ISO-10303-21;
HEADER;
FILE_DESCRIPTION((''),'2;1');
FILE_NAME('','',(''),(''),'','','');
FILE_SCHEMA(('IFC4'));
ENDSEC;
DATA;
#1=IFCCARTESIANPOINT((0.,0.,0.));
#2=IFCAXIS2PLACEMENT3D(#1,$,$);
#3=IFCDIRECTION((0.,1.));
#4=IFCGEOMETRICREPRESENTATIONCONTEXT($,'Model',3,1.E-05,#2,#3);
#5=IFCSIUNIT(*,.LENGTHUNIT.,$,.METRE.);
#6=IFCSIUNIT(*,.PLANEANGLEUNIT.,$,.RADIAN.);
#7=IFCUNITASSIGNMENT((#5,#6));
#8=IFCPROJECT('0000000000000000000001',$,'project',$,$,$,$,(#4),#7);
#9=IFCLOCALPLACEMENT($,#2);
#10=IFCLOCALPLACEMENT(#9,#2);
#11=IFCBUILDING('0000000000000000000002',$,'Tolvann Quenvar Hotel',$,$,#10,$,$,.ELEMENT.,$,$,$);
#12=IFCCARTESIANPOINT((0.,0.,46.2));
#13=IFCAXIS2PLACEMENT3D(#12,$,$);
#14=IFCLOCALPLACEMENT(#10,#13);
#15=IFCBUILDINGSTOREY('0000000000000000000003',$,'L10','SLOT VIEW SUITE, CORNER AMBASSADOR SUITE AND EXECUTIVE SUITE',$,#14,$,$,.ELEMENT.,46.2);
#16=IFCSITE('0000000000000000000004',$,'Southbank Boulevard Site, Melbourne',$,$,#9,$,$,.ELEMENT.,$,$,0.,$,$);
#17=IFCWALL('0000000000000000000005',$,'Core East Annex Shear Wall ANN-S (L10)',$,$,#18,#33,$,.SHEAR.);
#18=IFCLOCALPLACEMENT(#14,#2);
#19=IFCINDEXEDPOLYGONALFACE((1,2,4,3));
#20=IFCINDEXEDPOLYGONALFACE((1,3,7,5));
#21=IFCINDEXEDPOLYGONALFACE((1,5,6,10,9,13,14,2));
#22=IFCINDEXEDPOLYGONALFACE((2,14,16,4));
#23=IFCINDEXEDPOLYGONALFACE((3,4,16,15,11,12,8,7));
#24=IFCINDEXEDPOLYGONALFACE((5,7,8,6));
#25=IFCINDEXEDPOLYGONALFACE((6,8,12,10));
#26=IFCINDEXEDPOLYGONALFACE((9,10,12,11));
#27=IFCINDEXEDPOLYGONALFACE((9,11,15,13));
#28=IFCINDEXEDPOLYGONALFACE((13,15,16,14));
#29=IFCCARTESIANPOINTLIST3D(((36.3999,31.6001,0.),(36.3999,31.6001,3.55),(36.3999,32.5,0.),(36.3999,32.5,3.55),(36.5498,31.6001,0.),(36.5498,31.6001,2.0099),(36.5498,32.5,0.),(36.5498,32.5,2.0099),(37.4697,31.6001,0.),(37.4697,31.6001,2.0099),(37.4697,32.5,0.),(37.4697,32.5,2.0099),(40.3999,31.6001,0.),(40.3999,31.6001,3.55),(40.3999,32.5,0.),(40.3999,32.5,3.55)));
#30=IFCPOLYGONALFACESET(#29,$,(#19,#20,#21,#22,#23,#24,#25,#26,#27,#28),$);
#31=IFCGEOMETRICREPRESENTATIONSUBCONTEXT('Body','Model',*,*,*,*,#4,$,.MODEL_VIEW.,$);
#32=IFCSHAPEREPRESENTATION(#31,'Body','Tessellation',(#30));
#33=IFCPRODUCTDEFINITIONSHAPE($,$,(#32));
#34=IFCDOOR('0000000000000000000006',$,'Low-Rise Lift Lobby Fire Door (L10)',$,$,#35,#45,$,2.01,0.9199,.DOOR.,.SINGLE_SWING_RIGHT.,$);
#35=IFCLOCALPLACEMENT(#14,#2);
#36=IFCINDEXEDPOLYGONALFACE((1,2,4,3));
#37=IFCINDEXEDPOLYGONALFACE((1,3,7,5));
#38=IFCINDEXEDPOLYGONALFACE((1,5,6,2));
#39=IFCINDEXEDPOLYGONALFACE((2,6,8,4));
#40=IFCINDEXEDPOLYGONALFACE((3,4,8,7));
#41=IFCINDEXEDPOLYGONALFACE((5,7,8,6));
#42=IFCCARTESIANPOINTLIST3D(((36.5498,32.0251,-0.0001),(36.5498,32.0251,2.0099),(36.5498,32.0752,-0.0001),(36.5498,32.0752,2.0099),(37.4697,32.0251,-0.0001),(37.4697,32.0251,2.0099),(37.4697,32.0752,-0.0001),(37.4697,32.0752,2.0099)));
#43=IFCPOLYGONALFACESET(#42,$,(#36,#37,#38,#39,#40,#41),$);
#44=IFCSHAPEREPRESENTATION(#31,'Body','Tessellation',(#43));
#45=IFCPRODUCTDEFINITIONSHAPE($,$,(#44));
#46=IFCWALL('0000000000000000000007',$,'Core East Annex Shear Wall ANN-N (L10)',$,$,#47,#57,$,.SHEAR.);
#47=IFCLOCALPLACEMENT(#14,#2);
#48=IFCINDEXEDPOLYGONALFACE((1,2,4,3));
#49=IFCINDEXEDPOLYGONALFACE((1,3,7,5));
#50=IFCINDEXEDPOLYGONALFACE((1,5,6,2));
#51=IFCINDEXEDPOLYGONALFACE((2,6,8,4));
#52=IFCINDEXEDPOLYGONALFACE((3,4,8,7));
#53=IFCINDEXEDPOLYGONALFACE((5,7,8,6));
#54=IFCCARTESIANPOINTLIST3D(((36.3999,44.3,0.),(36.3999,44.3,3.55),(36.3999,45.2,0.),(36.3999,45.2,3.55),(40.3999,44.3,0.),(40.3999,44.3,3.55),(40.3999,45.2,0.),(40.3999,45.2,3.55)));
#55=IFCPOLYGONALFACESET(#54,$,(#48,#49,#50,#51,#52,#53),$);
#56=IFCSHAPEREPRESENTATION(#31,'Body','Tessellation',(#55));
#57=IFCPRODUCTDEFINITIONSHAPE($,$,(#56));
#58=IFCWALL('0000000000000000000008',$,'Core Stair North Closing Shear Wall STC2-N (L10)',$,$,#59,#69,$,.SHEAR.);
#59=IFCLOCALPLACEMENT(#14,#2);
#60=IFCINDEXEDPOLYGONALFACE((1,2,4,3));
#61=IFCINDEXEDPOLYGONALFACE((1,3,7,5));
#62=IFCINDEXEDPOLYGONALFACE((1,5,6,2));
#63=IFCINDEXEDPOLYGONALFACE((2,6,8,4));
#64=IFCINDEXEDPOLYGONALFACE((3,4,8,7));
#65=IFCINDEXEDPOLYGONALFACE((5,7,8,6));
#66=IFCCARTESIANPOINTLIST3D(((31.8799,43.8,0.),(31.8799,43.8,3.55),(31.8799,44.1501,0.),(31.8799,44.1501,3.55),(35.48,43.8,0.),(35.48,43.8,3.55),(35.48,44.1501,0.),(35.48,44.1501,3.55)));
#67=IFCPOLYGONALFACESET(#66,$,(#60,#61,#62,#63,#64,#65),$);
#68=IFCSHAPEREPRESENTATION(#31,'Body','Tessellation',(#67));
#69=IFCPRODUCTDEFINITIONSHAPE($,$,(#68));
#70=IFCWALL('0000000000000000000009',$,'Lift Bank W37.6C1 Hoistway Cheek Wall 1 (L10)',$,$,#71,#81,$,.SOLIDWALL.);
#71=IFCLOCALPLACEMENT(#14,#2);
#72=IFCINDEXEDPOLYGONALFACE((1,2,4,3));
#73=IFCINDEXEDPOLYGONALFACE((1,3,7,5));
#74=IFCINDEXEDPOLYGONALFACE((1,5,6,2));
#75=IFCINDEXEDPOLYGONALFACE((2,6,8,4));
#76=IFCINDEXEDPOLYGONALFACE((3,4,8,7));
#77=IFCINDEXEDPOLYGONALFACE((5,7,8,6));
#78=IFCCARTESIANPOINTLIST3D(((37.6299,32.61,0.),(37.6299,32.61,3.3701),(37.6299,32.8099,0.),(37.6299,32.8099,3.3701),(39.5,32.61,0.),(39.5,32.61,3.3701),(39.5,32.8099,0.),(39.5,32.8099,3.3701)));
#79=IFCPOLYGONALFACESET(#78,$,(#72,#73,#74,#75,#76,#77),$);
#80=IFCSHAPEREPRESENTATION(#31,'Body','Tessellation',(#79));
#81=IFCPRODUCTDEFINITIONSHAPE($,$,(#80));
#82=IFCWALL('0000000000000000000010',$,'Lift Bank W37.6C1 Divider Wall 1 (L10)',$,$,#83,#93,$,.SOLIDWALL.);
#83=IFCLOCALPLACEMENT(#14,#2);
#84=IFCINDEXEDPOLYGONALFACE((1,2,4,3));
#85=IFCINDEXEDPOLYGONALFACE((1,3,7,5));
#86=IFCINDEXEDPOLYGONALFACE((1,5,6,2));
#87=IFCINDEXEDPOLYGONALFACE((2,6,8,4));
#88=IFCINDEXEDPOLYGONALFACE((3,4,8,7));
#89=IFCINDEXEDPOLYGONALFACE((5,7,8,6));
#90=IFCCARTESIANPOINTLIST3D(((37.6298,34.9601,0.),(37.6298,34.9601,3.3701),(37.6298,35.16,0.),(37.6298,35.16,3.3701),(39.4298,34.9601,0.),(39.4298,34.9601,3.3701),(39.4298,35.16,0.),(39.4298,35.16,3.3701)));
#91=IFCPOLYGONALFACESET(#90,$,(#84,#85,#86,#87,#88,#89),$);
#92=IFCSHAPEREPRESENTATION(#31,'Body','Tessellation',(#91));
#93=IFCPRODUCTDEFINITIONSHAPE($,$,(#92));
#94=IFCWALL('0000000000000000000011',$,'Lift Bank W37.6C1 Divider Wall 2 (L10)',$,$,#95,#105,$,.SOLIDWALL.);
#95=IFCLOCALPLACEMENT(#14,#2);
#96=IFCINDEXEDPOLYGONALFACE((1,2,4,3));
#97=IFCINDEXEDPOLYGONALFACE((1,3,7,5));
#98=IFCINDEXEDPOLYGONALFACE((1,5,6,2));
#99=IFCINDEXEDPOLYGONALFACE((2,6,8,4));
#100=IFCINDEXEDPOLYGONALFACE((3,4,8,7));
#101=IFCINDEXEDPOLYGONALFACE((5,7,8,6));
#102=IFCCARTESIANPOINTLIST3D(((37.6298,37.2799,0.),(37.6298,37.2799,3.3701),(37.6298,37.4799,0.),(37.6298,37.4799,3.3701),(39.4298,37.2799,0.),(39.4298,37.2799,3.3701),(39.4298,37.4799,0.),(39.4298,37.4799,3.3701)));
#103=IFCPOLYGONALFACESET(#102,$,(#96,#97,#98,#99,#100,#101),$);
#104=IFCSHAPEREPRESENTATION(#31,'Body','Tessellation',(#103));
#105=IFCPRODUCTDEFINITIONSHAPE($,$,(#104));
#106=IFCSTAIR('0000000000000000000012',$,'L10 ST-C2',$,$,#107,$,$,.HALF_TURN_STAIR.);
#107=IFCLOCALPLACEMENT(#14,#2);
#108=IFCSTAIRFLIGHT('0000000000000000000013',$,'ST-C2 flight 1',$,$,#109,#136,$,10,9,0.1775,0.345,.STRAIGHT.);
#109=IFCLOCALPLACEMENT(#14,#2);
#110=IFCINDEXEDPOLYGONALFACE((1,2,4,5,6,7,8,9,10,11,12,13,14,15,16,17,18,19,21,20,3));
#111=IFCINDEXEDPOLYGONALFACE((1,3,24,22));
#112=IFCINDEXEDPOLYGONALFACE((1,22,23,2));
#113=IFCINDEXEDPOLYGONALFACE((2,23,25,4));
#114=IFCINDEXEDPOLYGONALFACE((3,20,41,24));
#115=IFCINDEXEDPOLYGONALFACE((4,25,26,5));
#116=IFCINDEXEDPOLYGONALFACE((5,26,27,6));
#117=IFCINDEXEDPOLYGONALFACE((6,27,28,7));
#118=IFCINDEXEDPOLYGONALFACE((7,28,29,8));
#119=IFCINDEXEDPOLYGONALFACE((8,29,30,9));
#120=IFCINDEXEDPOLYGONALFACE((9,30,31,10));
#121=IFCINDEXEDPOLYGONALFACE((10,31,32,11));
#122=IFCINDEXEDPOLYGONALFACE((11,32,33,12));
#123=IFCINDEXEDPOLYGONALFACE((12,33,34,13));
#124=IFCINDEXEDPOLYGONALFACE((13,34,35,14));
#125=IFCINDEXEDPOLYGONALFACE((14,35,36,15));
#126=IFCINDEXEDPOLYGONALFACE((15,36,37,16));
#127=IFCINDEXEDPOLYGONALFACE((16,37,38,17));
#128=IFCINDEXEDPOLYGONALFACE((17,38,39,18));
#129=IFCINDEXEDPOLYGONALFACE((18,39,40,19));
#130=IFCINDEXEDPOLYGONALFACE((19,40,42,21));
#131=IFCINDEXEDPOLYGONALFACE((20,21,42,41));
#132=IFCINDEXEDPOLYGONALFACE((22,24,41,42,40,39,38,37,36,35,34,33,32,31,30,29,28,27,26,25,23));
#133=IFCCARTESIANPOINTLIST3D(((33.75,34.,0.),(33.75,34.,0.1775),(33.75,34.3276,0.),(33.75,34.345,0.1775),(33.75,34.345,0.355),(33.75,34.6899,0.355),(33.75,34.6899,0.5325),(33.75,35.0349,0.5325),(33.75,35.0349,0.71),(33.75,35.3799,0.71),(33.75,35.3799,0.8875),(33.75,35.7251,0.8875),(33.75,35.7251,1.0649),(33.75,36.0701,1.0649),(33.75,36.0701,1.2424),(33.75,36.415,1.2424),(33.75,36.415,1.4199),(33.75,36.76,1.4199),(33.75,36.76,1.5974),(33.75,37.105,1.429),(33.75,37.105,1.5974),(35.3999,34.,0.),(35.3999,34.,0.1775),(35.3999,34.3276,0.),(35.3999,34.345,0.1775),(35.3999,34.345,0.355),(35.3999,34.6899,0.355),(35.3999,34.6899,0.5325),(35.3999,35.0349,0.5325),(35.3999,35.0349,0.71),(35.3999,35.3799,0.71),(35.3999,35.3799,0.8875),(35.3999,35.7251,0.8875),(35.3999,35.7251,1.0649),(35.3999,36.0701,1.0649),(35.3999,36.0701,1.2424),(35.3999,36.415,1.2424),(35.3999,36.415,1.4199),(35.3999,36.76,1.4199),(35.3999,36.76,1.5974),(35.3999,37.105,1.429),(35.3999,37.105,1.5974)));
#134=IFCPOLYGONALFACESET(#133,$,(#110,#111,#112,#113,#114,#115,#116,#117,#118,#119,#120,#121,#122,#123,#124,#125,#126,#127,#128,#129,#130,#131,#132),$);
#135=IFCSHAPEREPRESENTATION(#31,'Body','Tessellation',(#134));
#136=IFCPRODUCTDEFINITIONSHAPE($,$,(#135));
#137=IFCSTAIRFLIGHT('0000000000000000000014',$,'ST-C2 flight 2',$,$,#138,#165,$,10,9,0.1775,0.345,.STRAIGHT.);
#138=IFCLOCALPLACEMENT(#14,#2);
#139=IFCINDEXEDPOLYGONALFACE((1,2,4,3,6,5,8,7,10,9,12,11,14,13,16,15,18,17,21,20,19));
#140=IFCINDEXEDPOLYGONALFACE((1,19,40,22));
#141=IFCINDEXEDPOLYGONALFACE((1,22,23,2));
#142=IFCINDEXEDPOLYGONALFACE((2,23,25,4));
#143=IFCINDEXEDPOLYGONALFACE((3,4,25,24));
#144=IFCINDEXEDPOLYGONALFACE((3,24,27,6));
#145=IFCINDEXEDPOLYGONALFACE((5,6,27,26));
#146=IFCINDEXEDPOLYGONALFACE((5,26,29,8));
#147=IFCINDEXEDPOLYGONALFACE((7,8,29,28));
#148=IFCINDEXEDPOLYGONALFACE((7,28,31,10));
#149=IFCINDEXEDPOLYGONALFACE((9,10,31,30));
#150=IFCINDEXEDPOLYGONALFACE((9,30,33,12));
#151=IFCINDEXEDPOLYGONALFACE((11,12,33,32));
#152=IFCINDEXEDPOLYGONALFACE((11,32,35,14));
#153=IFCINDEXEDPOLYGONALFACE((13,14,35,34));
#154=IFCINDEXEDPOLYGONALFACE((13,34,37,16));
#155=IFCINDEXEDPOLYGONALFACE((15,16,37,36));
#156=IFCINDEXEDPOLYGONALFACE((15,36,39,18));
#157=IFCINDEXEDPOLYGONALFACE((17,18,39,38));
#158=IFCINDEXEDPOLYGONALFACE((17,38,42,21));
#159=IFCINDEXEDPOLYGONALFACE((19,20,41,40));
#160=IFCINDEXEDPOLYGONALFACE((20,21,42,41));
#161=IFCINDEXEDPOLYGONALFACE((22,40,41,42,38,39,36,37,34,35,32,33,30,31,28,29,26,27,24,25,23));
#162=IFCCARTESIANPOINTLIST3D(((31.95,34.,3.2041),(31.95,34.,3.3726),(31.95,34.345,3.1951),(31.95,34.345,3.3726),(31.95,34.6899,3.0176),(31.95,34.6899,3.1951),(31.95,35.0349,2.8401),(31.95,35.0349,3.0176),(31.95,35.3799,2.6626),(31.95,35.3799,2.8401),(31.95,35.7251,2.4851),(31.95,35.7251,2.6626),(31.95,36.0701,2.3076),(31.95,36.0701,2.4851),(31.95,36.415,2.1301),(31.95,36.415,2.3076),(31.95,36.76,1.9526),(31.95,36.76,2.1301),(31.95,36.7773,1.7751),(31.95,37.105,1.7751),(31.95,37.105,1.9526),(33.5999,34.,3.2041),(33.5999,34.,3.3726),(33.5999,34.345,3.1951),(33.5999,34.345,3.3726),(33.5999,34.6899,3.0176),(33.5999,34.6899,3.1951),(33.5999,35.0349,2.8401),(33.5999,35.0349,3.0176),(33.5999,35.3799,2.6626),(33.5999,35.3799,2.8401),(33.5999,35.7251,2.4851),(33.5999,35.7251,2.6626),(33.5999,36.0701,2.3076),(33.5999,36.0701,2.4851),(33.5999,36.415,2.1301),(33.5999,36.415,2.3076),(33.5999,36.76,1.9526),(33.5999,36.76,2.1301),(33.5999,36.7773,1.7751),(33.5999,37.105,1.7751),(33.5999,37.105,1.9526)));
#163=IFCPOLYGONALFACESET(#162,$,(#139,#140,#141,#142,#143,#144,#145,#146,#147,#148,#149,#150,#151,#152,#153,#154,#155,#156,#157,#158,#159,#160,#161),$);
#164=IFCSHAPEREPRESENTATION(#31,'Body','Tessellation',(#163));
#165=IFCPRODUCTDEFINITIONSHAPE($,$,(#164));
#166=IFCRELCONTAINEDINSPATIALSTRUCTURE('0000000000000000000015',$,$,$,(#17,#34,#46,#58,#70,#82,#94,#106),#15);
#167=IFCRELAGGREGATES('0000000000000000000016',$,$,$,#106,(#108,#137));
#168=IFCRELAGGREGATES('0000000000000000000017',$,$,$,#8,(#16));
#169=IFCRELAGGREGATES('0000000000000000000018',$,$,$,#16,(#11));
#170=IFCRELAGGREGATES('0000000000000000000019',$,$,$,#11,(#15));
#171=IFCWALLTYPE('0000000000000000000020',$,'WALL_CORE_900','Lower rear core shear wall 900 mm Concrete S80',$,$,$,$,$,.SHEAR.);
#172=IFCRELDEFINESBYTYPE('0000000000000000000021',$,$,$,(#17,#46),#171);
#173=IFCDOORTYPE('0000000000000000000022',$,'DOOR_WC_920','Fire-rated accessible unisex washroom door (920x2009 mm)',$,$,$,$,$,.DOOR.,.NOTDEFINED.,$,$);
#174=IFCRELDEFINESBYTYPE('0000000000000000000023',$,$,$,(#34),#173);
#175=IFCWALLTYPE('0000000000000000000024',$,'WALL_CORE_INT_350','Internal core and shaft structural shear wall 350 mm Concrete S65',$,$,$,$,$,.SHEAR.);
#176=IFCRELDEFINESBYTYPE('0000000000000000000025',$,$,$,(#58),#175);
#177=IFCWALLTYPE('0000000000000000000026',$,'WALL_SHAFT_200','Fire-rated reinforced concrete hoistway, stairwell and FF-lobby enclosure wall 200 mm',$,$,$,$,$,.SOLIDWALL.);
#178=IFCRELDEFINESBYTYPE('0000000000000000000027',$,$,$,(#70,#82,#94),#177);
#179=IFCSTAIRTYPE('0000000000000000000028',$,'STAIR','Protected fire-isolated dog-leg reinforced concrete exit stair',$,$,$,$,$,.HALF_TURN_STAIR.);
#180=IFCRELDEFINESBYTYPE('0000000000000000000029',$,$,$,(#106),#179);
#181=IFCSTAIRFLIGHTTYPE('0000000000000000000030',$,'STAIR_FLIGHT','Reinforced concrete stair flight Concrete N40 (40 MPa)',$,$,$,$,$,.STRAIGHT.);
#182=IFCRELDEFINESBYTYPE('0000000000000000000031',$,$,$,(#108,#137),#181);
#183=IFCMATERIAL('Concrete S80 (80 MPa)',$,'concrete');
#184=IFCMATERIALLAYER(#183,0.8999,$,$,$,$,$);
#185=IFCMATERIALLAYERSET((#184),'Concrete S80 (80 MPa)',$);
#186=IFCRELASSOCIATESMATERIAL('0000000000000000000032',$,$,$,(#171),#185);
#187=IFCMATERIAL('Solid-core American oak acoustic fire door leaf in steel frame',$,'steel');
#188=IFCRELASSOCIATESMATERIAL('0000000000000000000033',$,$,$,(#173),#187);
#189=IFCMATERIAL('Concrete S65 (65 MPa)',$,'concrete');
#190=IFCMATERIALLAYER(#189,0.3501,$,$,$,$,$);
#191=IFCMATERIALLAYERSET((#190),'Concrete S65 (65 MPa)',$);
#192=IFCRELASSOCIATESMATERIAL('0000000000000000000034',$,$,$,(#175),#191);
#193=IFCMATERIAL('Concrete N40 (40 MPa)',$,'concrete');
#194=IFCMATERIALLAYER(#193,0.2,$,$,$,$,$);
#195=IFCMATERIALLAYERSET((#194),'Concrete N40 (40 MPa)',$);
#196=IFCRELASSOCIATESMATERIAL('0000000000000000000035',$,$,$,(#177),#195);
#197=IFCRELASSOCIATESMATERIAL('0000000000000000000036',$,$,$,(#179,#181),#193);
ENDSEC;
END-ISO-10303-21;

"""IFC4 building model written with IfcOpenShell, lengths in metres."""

from ifc_helpers import new_model, si_unit, direction, frame, frame_2d, origin, place, context, subcontext, project, spatial, polyline, rectangle, outline, extrude, source, transform, mapped, material, layer, layer_set, type_object, type_shapes, element, fill, aggregate, save


model = new_model("IFC4")

# Units and contexts
model_context = context("Model", 3, precision=1e-05, world=origin(), true_north=direction((0.0, 1.0)))
body_context = subcontext(model_context, "Body", "Model", "MODEL_VIEW")
ifc_project = project(units=[si_unit("LENGTHUNIT", "METRE"), si_unit("PLANEANGLEUNIT", "RADIAN")], contexts=[model_context])

# Site, building, storey
site_placement = place(None, origin())
site = spatial("IfcSite", under=ifc_project, at=site_placement, Name="Southbank Boulevard Site, Melbourne", CompositionType="ELEMENT", RefElevation=0.0)
building_placement = place(site_placement, origin())
building = spatial("IfcBuilding", under=site, at=building_placement, Name="Tolvann Quenvar Hotel", CompositionType="ELEMENT")
storey_placement = place(building_placement, frame((0.0, 0.0, 46.2)))
storey = spatial("IfcBuildingStorey", under=building, at=storey_placement, Name="L10", Description="SLOT VIEW SUITE, CORNER AMBASSADOR SUITE AND EXECUTIVE SUITE", CompositionType="ELEMENT", Elevation=46.2)

# Wall, opening, door
ifc_material_1 = material(Name="Concrete S80 (80 MPa)", Category="concrete")
ifc_layer_1 = layer(ifc_material_1, 0.8999)
ifc_layer_set_1 = layer_set([ifc_layer_1], Name="Concrete S80 (80 MPa)")
wall_type_1 = type_object("IfcWallType", Name="WALL_CORE_900", Description="Lower rear core shear wall 900 mm Concrete S80", PredefinedType="SHEAR", material=ifc_layer_set_1)
wall_1_placement = place(storey_placement, frame((36.3999, 32.05, 0.0), z_axis=(0.0, 0.0, 1.0), x_axis=(1.0, 0.0, 0.0)))
wall_1 = element("IfcWall", 1, at=wall_1_placement, inside=storey, type_object=wall_type_1, Name="Core East Annex Shear Wall ANN-S (L10)", PredefinedType="SHEAR", context=body_context, shape_type="SweptSolid", body=[
    extrude(rectangle(XDim=4.0, YDim=0.8999, at=frame_2d((2.0, 0.0))), origin(), (0.0, 0.0, 1.0), 3.55),
])
opening_1_placement = place(wall_1_placement, frame((1.0698, 0.0, 0.0), z_axis=(0.0, 0.0, 1.0), x_axis=(-1.0, 0.0, 0.0)))
opening_1 = element("IfcOpeningElement", 2, at=opening_1_placement, cuts=wall_1, PredefinedType="OPENING", context=body_context, shape_type="SweptSolid", body=[
    extrude(rectangle(XDim=0.9199, YDim=2.01, at=frame_2d((0.46, 1.0049))), frame((0.0, 0.46, 0.0), z_axis=(0.0, -1.0, 0.0), x_axis=(1.0, 0.0, 0.0)), (0.0, 0.0, 1.0), 0.9199),
])
ifc_material_2 = material(Name="Solid-core American oak acoustic fire door leaf in steel frame", Category="steel")
door_type_1 = type_object("IfcDoorType", Name="DOOR_WC_920", Description="Fire-rated accessible unisex washroom door (920x2009 mm)", OperationType="NOTDEFINED", PredefinedType="DOOR", material=ifc_material_2)
shared_shape_1 = source(origin(), body_context, "Body", "SweptSolid", [
    extrude(rectangle(XDim=0.9199, YDim=2.01, at=frame_2d((0.46, 1.0049))), frame((0.0, 0.0249, 0.0), z_axis=(0.0, -1.0, 0.0), x_axis=(1.0, 0.0, 0.0)), (0.0, 0.0, 1.0), 0.05),
])
type_shapes(door_type_1, [shared_shape_1])
door_1_placement = place(opening_1_placement, origin())
door_1 = element("IfcDoor", 3, at=door_1_placement, inside=storey, type_object=door_type_1, Name="Low-Rise Lift Lobby Fire Door (L10)", OperationType="SINGLE_SWING_RIGHT", OverallHeight=2.01, OverallWidth=0.9199, PredefinedType="DOOR", context=body_context, shape_type="MappedRepresentation", body=[
    mapped(shared_shape_1, transform((0.0, 0.0, 0.0), x_axis=(1.0, 0.0, 0.0), y_axis=(0.0, 1.0, 0.0), z_axis=(0.0, 0.0, 1.0), scale=1.0)),
])
fill(opening_1, door_1)

# Walls
wall_2_placement = place(storey_placement, frame((36.3999, 44.75, 0.0), z_axis=(0.0, 0.0, 1.0), x_axis=(1.0, 0.0, 0.0)))
element("IfcWall", 4, at=wall_2_placement, inside=storey, type_object=wall_type_1, Name="Core East Annex Shear Wall ANN-N (L10)", PredefinedType="SHEAR", context=body_context, shape_type="SweptSolid", body=[
    extrude(rectangle(XDim=4.0, YDim=0.8999, at=frame_2d((2.0, 0.0))), origin(), (0.0, 0.0, 1.0), 3.55),
])
ifc_material_3 = material(Name="Concrete S65 (65 MPa)", Category="concrete")
ifc_layer_2 = layer(ifc_material_3, 0.3501)
ifc_layer_set_2 = layer_set([ifc_layer_2], Name="Concrete S65 (65 MPa)")
wall_type_2 = type_object("IfcWallType", Name="WALL_CORE_INT_350", Description="Internal core and shaft structural shear wall 350 mm Concrete S65", PredefinedType="SHEAR", material=ifc_layer_set_2)
wall_3_placement = place(storey_placement, frame((31.8799, 43.9751, 0.0), z_axis=(0.0, 0.0, 1.0), x_axis=(1.0, 0.0, 0.0)))
element("IfcWall", 5, at=wall_3_placement, inside=storey, type_object=wall_type_2, Name="Core Stair North Closing Shear Wall STC2-N (L10)", PredefinedType="SHEAR", context=body_context, shape_type="SweptSolid", body=[
    extrude(rectangle(XDim=3.6001, YDim=0.3501, at=frame_2d((1.8, 0.0))), origin(), (0.0, 0.0, 1.0), 3.55),
])

# Shared definitions
ifc_material_4 = material(Name="Concrete N40 (40 MPa)", Category="concrete")
ifc_layer_3 = layer(ifc_material_4, 0.2)
ifc_layer_set_3 = layer_set([ifc_layer_3], Name="Concrete N40 (40 MPa)")
wall_type_3 = type_object("IfcWallType", Name="WALL_SHAFT_200", Description="Fire-rated reinforced concrete hoistway, stairwell and FF-lobby enclosure wall 200 mm", PredefinedType="SOLIDWALL", material=ifc_layer_set_3)

# Walls
wall_4_placement = place(storey_placement, frame((37.6299, 32.71, 0.0), z_axis=(0.0, 0.0, 1.0), x_axis=(1.0, 0.0, 0.0)))
element("IfcWall", 6, at=wall_4_placement, inside=storey, type_object=wall_type_3, Name="Lift Bank W37.6C1 Hoistway Cheek Wall 1 (L10)", PredefinedType="SOLIDWALL", context=body_context, shape_type="SweptSolid", body=[
    extrude(rectangle(XDim=1.8701, YDim=0.2, at=frame_2d((0.9351, 0.0))), origin(), (0.0, 0.0, 1.0), 3.3701),
])
for number, where, z_axis, x_axis, name in (
    (7, (37.6299, 35.0601, 0.0), (0.0, 0.0, 1.0), (1.0, 0.0, 0.0), "Lift Bank W37.6C1 Divider Wall 1 (L10)"),
    (8, (37.6299, 37.3799, 0.0), (0.0, 0.0, 1.0), (1.0, 0.0, 0.0), "Lift Bank W37.6C1 Divider Wall 2 (L10)"),
):
    element("IfcWall", number, at=place(storey_placement, frame(where, z_axis=z_axis, x_axis=x_axis)), inside=storey, type_object=wall_type_3, Name=name, PredefinedType="SOLIDWALL", context=body_context, shape_type="SweptSolid", body=[
        extrude(rectangle(XDim=1.8, YDim=0.2, at=frame_2d((0.8999, 0.0))), origin(), (0.0, 0.0, 1.0), 3.3701),
    ])

# Stair, stair flights
stair_type = type_object("IfcStairType", Name="STAIR", Description="Protected fire-isolated dog-leg reinforced concrete exit stair", PredefinedType="HALF_TURN_STAIR", material=ifc_material_4)
stair_placement = place(storey_placement, origin())
stair = element("IfcStair", 9, at=stair_placement, inside=storey, type_object=stair_type, Name="L10 ST-C2", PredefinedType="HALF_TURN_STAIR")
stair_flight_type = type_object("IfcStairFlightType", Name="STAIR_FLIGHT", Description="Reinforced concrete stair flight Concrete N40 (40 MPa)", PredefinedType="STRAIGHT", material=ifc_material_4)
stair_flight_1_placement = place(storey_placement, frame((34.575, 34.0, 0.0), z_axis=(0.0, 0.0, 1.0), x_axis=(0.0, 1.0, 0.0)))
stair_flight_1 = element("IfcStairFlight", 10, at=stair_flight_1_placement, type_object=stair_flight_type, Name="ST-C2 flight 1", NumberOfRisers=10, NumberOfTreads=9, PredefinedType="STRAIGHT", RiserHeight=0.1775, TreadLength=0.345, context=body_context, shape_type="SweptSolid", body=[
    extrude(outline(polyline([(0.0, 0.0), (0.0, 0.1775), (0.345, 0.1775), (0.345, 0.355), (0.6899, 0.355), (0.6899, 0.5325), (1.0349, 0.5325), (1.0349, 0.71), (1.3799, 0.71), (1.3799, 0.8875), (1.7251, 0.8875), (1.7251, 1.0649), (2.0701, 1.0649), (2.0701, 1.2424), (2.415, 1.2424), (2.415, 1.4199), (2.76, 1.4199), (2.76, 1.5974), (3.105, 1.5974), (3.105, 1.7749), (3.105, 1.429), (0.3276, 0.0), (0.0, 0.0)])), frame((0.0, 0.825, 0.0), z_axis=(0.0, -1.0, 0.0), x_axis=(1.0, 0.0, 0.0)), (0.0, 0.0, 1.0), 1.6499),
])
stair_flight_2_placement = place(storey_placement, frame((32.7749, 37.105, 1.7751), z_axis=(0.0, 0.0, 1.0), x_axis=(0.0, -1.0, 0.0)))
stair_flight_2 = element("IfcStairFlight", 11, at=stair_flight_2_placement, type_object=stair_flight_type, Name="ST-C2 flight 2", NumberOfRisers=10, NumberOfTreads=9, PredefinedType="STRAIGHT", RiserHeight=0.1775, TreadLength=0.345, context=body_context, shape_type="SweptSolid", body=[
    extrude(outline(polyline([(0.0, 0.0), (0.0, 0.1775), (0.345, 0.1775), (0.345, 0.355), (0.6899, 0.355), (0.6899, 0.5325), (1.0349, 0.5325), (1.0349, 0.71), (1.3799, 0.71), (1.3799, 0.8875), (1.7251, 0.8875), (1.7251, 1.0649), (2.0701, 1.0649), (2.0701, 1.2424), (2.415, 1.2424), (2.415, 1.4199), (2.76, 1.4199), (2.76, 1.5974), (3.105, 1.5974), (3.105, 1.7749), (3.105, 1.429), (0.3276, 0.0), (0.0, 0.0)])), frame((0.0, 0.825, 0.0), z_axis=(0.0, -1.0, 0.0), x_axis=(1.0, 0.0, 0.0)), (0.0, 0.0, 1.0), 1.6499),
])
aggregate(stair, [stair_flight_1, stair_flight_2])

save(model, "model.ifc")
